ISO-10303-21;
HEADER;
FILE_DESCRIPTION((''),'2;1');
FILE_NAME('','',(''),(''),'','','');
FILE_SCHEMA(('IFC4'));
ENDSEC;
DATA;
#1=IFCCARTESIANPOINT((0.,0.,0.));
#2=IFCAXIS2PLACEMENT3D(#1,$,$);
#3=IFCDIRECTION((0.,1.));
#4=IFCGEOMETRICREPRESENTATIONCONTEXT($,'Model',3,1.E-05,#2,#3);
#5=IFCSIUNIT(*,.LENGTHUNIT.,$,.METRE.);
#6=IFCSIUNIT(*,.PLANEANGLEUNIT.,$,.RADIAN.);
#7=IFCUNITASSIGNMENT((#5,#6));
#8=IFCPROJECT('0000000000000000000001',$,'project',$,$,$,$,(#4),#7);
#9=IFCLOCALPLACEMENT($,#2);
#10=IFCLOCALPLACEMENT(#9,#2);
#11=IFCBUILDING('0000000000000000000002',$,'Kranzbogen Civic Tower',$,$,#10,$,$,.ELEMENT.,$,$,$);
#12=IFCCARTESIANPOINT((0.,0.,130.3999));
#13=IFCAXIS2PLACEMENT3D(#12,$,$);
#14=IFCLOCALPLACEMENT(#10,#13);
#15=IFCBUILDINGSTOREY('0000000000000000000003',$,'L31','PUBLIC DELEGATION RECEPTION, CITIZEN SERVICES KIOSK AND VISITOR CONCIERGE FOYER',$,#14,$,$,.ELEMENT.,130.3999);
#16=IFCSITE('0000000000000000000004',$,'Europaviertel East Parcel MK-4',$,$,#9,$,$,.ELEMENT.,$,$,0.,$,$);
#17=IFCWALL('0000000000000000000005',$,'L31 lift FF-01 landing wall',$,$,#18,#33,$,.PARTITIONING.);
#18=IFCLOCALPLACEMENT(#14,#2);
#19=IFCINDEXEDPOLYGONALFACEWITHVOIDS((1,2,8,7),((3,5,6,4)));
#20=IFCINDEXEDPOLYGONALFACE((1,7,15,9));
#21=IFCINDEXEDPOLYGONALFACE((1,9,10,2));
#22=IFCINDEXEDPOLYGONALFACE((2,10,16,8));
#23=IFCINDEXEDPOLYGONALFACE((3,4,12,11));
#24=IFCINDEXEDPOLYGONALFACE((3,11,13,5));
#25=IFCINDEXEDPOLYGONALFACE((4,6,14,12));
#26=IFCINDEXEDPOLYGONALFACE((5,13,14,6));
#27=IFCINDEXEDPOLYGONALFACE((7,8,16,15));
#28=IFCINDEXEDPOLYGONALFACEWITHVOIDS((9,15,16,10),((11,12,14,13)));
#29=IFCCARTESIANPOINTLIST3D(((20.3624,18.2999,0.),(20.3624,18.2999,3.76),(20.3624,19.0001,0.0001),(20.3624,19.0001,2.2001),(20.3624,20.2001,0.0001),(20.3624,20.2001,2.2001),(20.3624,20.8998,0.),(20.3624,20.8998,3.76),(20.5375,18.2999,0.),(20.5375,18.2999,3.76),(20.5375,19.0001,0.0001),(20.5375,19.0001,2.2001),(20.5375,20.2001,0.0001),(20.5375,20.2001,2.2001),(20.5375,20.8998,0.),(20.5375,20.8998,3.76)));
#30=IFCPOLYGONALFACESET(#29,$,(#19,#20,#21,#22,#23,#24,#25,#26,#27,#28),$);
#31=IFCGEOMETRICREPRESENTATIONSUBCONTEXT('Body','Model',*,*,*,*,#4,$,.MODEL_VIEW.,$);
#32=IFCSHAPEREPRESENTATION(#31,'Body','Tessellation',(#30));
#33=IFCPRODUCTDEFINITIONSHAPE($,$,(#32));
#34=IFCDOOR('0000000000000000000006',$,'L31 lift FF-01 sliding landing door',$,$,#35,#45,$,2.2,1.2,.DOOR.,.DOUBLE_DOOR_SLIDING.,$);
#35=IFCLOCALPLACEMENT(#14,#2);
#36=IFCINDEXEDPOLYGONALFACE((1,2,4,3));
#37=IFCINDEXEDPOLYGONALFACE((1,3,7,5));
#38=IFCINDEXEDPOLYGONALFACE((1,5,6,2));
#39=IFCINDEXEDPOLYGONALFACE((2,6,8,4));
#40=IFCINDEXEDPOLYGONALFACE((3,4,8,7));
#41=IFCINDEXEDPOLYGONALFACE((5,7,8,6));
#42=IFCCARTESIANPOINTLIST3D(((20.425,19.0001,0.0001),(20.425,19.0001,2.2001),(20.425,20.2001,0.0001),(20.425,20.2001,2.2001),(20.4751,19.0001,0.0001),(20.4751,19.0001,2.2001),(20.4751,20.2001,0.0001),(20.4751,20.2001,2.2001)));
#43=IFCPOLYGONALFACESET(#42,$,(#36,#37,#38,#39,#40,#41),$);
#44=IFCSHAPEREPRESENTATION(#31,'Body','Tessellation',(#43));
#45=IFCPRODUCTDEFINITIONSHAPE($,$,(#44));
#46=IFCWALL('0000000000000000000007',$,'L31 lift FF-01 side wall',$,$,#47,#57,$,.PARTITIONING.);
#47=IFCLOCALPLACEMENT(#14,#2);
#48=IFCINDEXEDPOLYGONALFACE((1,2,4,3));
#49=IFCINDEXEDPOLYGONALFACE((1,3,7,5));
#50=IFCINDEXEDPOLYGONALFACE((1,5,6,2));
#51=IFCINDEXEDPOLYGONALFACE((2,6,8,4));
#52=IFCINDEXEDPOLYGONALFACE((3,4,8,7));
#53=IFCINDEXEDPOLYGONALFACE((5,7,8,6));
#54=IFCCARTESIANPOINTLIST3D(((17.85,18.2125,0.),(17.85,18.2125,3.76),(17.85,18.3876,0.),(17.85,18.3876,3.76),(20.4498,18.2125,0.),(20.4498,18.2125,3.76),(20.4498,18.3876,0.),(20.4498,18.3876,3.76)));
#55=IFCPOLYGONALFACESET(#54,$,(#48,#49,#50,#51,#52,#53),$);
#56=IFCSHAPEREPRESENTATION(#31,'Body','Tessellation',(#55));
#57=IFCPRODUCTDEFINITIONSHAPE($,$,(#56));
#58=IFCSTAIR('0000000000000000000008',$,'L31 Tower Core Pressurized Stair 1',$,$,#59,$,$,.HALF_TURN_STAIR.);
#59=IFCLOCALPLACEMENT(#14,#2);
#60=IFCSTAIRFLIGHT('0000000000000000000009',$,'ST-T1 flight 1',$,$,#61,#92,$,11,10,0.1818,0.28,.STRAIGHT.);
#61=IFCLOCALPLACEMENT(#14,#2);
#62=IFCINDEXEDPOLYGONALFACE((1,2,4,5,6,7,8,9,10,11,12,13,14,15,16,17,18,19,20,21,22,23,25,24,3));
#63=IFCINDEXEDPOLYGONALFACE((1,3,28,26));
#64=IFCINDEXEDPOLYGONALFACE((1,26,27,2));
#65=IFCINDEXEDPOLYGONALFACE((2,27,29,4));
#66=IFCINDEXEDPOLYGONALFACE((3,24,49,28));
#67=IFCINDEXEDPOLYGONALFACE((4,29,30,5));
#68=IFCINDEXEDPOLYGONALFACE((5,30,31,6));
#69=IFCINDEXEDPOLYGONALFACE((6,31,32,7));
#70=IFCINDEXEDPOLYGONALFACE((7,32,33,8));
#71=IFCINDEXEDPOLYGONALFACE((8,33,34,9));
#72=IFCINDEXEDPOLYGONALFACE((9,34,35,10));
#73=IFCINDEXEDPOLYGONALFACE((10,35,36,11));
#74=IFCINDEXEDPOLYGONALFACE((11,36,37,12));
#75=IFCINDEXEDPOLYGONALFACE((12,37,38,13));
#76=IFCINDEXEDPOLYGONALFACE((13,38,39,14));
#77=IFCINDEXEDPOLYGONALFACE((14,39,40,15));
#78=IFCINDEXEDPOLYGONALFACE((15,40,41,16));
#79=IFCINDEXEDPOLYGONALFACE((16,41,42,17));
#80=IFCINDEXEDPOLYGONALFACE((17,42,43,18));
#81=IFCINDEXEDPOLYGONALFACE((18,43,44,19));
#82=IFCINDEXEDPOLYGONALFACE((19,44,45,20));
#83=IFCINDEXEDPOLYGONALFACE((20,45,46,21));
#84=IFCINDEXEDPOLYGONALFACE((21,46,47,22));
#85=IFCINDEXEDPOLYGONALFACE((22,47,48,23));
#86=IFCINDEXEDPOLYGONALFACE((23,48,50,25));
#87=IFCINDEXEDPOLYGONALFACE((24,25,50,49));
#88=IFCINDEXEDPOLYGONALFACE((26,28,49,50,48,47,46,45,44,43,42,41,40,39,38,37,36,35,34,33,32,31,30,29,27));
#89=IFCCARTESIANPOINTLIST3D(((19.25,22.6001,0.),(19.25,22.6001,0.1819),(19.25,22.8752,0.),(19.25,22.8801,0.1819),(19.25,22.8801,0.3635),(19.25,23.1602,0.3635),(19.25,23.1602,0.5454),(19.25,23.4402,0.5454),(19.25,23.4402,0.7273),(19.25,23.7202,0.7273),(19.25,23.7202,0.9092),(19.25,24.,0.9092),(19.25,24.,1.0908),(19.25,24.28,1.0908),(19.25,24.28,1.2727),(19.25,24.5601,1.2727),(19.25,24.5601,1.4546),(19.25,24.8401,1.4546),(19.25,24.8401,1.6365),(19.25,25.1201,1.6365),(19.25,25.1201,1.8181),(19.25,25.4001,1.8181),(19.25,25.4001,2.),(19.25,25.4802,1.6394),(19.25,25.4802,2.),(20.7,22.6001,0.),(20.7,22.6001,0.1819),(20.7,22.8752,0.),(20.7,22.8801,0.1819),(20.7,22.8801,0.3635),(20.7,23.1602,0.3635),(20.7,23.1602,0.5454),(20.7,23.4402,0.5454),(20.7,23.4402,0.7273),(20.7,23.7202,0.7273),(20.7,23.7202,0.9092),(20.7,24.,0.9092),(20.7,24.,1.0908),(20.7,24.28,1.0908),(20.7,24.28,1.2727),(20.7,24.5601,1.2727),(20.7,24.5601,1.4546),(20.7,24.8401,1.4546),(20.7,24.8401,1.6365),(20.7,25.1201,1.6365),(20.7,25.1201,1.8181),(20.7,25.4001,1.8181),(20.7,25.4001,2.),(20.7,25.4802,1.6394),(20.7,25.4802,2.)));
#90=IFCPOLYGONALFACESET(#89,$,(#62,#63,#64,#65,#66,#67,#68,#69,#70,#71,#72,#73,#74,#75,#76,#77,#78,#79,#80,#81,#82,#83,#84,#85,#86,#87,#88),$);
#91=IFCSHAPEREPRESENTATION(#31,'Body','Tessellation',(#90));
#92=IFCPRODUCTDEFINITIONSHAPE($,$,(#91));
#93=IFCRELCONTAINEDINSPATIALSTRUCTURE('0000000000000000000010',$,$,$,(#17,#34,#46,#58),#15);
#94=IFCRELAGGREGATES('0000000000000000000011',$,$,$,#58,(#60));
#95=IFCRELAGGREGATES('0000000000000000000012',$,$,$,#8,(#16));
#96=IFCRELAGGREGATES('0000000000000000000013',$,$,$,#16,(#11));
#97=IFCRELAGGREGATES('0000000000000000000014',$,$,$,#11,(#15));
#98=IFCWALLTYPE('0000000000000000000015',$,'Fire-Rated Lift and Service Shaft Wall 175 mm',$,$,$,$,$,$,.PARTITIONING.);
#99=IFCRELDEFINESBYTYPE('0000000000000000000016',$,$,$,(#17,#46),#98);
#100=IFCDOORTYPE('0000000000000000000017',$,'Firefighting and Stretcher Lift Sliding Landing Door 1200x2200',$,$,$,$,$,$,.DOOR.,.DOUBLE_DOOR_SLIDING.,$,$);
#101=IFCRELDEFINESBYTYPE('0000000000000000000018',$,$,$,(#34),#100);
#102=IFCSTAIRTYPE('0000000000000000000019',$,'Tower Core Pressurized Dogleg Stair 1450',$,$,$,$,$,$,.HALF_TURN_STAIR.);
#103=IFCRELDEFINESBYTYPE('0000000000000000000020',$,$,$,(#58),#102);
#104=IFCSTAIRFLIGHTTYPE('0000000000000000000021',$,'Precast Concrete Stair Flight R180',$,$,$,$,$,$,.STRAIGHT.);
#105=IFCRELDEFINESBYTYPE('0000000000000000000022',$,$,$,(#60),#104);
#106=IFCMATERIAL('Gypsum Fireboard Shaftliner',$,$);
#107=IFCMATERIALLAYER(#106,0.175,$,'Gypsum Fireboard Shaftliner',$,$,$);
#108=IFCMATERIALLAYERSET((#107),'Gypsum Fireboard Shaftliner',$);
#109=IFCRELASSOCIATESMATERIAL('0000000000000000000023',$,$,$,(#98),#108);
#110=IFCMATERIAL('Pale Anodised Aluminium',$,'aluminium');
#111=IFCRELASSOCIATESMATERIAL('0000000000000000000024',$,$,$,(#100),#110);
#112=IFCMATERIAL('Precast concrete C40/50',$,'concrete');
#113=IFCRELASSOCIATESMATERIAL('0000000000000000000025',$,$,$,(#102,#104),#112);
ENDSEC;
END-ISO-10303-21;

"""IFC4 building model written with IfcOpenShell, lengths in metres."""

from ifc_helpers import new_model, si_unit, direction, frame, frame_2d, origin, place, context, subcontext, project, spatial, polyline, rectangle, outline, extrude, material, layer, layer_set, type_object, element, fill, aggregate, save


model = new_model("IFC4")

# Units and contexts
model_context = context("Model", 3, precision=1e-05, world=origin(), true_north=direction((0.0, 1.0)))
body_context = subcontext(model_context, "Body", "Model", "MODEL_VIEW")
ifc_project = project(units=[si_unit("LENGTHUNIT", "METRE"), si_unit("PLANEANGLEUNIT", "RADIAN")], contexts=[model_context])

# Site, building, storey
site_placement = place(None, origin())
site = spatial("IfcSite", under=ifc_project, at=site_placement, Name="Europaviertel East Parcel MK-4", CompositionType="ELEMENT", RefElevation=0.0)
building_placement = place(site_placement, origin())
building = spatial("IfcBuilding", under=site, at=building_placement, Name="Kranzbogen Civic Tower", CompositionType="ELEMENT")
storey_placement = place(building_placement, frame((0.0, 0.0, 130.3999)))
storey = spatial("IfcBuildingStorey", under=building, at=storey_placement, Name="L31", Description="PUBLIC DELEGATION RECEPTION, CITIZEN SERVICES KIOSK AND VISITOR CONCIERGE FOYER", CompositionType="ELEMENT", Elevation=130.3999)

# Wall, opening, door
ifc_material_1 = material(Name="Gypsum Fireboard Shaftliner")
ifc_layer_1 = layer(ifc_material_1, 0.175, Name="Gypsum Fireboard Shaftliner")
ifc_layer_set_1 = layer_set([ifc_layer_1], Name="Gypsum Fireboard Shaftliner")
wall_type_1 = type_object("IfcWallType", Name="Fire-Rated Lift and Service Shaft Wall 175 mm", PredefinedType="PARTITIONING", material=ifc_layer_set_1)
wall_1_placement = place(storey_placement, frame((20.45, 18.3, 0.0), z_axis=(0.0, 0.0, 1.0), x_axis=(0.0, 1.0, 0.0)))
wall_1 = element("IfcWall", 1, at=wall_1_placement, inside=storey, type_object=wall_type_1, Name="L31 lift FF-01 landing wall", PredefinedType="PARTITIONING", context=body_context, shape_type="SweptSolid", body=[
    extrude(rectangle(XDim=2.5999, YDim=0.175, at=frame_2d((1.2998, 0.0))), origin(), (0.0, 0.0, 1.0), 3.76),
])
opening_1_placement = place(wall_1_placement, frame((0.7, 0.0, 0.0)))
opening_1 = element("IfcOpeningElement", 2, at=opening_1_placement, cuts=wall_1, PredefinedType="OPENING", context=body_context, shape_type="SweptSolid", body=[
    extrude(rectangle(XDim=1.2, YDim=2.2, at=frame_2d((0.6001, 1.1001))), frame((0.0, 0.0977, 0.0), z_axis=(0.0, -1.0, 0.0), x_axis=(1.0, 0.0, 0.0)), (0.0, 0.0, 1.0), 0.1951),
])
ifc_material_2 = material(Name="Pale Anodised Aluminium", Category="aluminium")
door_type_1 = type_object("IfcDoorType", Name="Firefighting and Stretcher Lift Sliding Landing Door 1200x2200", OperationType="DOUBLE_DOOR_SLIDING", PredefinedType="DOOR", material=ifc_material_2)
door_1_placement = place(opening_1_placement, origin())
door_1 = element("IfcDoor", 3, at=door_1_placement, inside=storey, type_object=door_type_1, Name="L31 lift FF-01 sliding landing door", OperationType="DOUBLE_DOOR_SLIDING", OverallHeight=2.2, OverallWidth=1.2, PredefinedType="DOOR", context=body_context, shape_type="SweptSolid", body=[
    extrude(rectangle(XDim=1.2, YDim=2.2, at=frame_2d((0.6001, 1.1001))), frame((0.0, 0.0249, 0.0), z_axis=(0.0, -1.0, 0.0), x_axis=(1.0, 0.0, 0.0)), (0.0, 0.0, 1.0), 0.05),
])
fill(opening_1, door_1)

# Wall
wall_2_placement = place(storey_placement, frame((17.8501, 18.3, 0.0), z_axis=(0.0, 0.0, 1.0), x_axis=(1.0, 0.0, 0.0)))
element("IfcWall", 4, at=wall_2_placement, inside=storey, type_object=wall_type_1, Name="L31 lift FF-01 side wall", PredefinedType="PARTITIONING", context=body_context, shape_type="SweptSolid", body=[
    extrude(rectangle(XDim=2.5999, YDim=0.175, at=frame_2d((1.2998, 0.0))), origin(), (0.0, 0.0, 1.0), 3.76),
])

# Stair, stair flight
ifc_material_3 = material(Name="Precast concrete C40/50", Category="concrete")
stair_type = type_object("IfcStairType", Name="Tower Core Pressurized Dogleg Stair 1450", PredefinedType="HALF_TURN_STAIR", material=ifc_material_3)
stair_placement = place(storey_placement, origin())
stair = element("IfcStair", 5, at=stair_placement, inside=storey, type_object=stair_type, Name="L31 Tower Core Pressurized Stair 1", PredefinedType="HALF_TURN_STAIR")
stair_flight_type = type_object("IfcStairFlightType", Name="Precast Concrete Stair Flight R180", PredefinedType="STRAIGHT", material=ifc_material_3)
stair_flight_placement = place(storey_placement, frame((19.9751, 22.6001, 0.0), z_axis=(0.0, 0.0, 1.0), x_axis=(0.0, 1.0, 0.0)))
stair_flight = element("IfcStairFlight", 6, at=stair_flight_placement, type_object=stair_flight_type, Name="ST-T1 flight 1", NumberOfRisers=11, NumberOfTreads=10, PredefinedType="STRAIGHT", RiserHeight=0.1818, TreadLength=0.28, context=body_context, shape_type="SweptSolid", body=[
    extrude(outline(polyline([(0.0, 0.0), (0.0, 0.1819), (0.28, 0.1819), (0.28, 0.3635), (0.5601, 0.3635), (0.5601, 0.5454), (0.8401, 0.5454), (0.8401, 0.7273), (1.1201, 0.7273), (1.1201, 0.9092), (1.3999, 0.9092), (1.3999, 1.0908), (1.6799, 1.0908), (1.6799, 1.2727), (1.96, 1.2727), (1.96, 1.4546), (2.24, 1.4546), (2.24, 1.6365), (2.52, 1.6365), (2.52, 1.8181), (2.8, 1.8181), (2.8, 2.0), (2.8801, 2.0), (2.8801, 1.6394), (0.2751, 0.0), (0.0, 0.0)])), frame((0.0, 0.7251, 0.0), z_axis=(0.0, -1.0, 0.0), x_axis=(1.0, 0.0, 0.0)), (0.0, 0.0, 1.0), 1.45),
])
aggregate(stair, [stair_flight])

save(model, "model.ifc")
